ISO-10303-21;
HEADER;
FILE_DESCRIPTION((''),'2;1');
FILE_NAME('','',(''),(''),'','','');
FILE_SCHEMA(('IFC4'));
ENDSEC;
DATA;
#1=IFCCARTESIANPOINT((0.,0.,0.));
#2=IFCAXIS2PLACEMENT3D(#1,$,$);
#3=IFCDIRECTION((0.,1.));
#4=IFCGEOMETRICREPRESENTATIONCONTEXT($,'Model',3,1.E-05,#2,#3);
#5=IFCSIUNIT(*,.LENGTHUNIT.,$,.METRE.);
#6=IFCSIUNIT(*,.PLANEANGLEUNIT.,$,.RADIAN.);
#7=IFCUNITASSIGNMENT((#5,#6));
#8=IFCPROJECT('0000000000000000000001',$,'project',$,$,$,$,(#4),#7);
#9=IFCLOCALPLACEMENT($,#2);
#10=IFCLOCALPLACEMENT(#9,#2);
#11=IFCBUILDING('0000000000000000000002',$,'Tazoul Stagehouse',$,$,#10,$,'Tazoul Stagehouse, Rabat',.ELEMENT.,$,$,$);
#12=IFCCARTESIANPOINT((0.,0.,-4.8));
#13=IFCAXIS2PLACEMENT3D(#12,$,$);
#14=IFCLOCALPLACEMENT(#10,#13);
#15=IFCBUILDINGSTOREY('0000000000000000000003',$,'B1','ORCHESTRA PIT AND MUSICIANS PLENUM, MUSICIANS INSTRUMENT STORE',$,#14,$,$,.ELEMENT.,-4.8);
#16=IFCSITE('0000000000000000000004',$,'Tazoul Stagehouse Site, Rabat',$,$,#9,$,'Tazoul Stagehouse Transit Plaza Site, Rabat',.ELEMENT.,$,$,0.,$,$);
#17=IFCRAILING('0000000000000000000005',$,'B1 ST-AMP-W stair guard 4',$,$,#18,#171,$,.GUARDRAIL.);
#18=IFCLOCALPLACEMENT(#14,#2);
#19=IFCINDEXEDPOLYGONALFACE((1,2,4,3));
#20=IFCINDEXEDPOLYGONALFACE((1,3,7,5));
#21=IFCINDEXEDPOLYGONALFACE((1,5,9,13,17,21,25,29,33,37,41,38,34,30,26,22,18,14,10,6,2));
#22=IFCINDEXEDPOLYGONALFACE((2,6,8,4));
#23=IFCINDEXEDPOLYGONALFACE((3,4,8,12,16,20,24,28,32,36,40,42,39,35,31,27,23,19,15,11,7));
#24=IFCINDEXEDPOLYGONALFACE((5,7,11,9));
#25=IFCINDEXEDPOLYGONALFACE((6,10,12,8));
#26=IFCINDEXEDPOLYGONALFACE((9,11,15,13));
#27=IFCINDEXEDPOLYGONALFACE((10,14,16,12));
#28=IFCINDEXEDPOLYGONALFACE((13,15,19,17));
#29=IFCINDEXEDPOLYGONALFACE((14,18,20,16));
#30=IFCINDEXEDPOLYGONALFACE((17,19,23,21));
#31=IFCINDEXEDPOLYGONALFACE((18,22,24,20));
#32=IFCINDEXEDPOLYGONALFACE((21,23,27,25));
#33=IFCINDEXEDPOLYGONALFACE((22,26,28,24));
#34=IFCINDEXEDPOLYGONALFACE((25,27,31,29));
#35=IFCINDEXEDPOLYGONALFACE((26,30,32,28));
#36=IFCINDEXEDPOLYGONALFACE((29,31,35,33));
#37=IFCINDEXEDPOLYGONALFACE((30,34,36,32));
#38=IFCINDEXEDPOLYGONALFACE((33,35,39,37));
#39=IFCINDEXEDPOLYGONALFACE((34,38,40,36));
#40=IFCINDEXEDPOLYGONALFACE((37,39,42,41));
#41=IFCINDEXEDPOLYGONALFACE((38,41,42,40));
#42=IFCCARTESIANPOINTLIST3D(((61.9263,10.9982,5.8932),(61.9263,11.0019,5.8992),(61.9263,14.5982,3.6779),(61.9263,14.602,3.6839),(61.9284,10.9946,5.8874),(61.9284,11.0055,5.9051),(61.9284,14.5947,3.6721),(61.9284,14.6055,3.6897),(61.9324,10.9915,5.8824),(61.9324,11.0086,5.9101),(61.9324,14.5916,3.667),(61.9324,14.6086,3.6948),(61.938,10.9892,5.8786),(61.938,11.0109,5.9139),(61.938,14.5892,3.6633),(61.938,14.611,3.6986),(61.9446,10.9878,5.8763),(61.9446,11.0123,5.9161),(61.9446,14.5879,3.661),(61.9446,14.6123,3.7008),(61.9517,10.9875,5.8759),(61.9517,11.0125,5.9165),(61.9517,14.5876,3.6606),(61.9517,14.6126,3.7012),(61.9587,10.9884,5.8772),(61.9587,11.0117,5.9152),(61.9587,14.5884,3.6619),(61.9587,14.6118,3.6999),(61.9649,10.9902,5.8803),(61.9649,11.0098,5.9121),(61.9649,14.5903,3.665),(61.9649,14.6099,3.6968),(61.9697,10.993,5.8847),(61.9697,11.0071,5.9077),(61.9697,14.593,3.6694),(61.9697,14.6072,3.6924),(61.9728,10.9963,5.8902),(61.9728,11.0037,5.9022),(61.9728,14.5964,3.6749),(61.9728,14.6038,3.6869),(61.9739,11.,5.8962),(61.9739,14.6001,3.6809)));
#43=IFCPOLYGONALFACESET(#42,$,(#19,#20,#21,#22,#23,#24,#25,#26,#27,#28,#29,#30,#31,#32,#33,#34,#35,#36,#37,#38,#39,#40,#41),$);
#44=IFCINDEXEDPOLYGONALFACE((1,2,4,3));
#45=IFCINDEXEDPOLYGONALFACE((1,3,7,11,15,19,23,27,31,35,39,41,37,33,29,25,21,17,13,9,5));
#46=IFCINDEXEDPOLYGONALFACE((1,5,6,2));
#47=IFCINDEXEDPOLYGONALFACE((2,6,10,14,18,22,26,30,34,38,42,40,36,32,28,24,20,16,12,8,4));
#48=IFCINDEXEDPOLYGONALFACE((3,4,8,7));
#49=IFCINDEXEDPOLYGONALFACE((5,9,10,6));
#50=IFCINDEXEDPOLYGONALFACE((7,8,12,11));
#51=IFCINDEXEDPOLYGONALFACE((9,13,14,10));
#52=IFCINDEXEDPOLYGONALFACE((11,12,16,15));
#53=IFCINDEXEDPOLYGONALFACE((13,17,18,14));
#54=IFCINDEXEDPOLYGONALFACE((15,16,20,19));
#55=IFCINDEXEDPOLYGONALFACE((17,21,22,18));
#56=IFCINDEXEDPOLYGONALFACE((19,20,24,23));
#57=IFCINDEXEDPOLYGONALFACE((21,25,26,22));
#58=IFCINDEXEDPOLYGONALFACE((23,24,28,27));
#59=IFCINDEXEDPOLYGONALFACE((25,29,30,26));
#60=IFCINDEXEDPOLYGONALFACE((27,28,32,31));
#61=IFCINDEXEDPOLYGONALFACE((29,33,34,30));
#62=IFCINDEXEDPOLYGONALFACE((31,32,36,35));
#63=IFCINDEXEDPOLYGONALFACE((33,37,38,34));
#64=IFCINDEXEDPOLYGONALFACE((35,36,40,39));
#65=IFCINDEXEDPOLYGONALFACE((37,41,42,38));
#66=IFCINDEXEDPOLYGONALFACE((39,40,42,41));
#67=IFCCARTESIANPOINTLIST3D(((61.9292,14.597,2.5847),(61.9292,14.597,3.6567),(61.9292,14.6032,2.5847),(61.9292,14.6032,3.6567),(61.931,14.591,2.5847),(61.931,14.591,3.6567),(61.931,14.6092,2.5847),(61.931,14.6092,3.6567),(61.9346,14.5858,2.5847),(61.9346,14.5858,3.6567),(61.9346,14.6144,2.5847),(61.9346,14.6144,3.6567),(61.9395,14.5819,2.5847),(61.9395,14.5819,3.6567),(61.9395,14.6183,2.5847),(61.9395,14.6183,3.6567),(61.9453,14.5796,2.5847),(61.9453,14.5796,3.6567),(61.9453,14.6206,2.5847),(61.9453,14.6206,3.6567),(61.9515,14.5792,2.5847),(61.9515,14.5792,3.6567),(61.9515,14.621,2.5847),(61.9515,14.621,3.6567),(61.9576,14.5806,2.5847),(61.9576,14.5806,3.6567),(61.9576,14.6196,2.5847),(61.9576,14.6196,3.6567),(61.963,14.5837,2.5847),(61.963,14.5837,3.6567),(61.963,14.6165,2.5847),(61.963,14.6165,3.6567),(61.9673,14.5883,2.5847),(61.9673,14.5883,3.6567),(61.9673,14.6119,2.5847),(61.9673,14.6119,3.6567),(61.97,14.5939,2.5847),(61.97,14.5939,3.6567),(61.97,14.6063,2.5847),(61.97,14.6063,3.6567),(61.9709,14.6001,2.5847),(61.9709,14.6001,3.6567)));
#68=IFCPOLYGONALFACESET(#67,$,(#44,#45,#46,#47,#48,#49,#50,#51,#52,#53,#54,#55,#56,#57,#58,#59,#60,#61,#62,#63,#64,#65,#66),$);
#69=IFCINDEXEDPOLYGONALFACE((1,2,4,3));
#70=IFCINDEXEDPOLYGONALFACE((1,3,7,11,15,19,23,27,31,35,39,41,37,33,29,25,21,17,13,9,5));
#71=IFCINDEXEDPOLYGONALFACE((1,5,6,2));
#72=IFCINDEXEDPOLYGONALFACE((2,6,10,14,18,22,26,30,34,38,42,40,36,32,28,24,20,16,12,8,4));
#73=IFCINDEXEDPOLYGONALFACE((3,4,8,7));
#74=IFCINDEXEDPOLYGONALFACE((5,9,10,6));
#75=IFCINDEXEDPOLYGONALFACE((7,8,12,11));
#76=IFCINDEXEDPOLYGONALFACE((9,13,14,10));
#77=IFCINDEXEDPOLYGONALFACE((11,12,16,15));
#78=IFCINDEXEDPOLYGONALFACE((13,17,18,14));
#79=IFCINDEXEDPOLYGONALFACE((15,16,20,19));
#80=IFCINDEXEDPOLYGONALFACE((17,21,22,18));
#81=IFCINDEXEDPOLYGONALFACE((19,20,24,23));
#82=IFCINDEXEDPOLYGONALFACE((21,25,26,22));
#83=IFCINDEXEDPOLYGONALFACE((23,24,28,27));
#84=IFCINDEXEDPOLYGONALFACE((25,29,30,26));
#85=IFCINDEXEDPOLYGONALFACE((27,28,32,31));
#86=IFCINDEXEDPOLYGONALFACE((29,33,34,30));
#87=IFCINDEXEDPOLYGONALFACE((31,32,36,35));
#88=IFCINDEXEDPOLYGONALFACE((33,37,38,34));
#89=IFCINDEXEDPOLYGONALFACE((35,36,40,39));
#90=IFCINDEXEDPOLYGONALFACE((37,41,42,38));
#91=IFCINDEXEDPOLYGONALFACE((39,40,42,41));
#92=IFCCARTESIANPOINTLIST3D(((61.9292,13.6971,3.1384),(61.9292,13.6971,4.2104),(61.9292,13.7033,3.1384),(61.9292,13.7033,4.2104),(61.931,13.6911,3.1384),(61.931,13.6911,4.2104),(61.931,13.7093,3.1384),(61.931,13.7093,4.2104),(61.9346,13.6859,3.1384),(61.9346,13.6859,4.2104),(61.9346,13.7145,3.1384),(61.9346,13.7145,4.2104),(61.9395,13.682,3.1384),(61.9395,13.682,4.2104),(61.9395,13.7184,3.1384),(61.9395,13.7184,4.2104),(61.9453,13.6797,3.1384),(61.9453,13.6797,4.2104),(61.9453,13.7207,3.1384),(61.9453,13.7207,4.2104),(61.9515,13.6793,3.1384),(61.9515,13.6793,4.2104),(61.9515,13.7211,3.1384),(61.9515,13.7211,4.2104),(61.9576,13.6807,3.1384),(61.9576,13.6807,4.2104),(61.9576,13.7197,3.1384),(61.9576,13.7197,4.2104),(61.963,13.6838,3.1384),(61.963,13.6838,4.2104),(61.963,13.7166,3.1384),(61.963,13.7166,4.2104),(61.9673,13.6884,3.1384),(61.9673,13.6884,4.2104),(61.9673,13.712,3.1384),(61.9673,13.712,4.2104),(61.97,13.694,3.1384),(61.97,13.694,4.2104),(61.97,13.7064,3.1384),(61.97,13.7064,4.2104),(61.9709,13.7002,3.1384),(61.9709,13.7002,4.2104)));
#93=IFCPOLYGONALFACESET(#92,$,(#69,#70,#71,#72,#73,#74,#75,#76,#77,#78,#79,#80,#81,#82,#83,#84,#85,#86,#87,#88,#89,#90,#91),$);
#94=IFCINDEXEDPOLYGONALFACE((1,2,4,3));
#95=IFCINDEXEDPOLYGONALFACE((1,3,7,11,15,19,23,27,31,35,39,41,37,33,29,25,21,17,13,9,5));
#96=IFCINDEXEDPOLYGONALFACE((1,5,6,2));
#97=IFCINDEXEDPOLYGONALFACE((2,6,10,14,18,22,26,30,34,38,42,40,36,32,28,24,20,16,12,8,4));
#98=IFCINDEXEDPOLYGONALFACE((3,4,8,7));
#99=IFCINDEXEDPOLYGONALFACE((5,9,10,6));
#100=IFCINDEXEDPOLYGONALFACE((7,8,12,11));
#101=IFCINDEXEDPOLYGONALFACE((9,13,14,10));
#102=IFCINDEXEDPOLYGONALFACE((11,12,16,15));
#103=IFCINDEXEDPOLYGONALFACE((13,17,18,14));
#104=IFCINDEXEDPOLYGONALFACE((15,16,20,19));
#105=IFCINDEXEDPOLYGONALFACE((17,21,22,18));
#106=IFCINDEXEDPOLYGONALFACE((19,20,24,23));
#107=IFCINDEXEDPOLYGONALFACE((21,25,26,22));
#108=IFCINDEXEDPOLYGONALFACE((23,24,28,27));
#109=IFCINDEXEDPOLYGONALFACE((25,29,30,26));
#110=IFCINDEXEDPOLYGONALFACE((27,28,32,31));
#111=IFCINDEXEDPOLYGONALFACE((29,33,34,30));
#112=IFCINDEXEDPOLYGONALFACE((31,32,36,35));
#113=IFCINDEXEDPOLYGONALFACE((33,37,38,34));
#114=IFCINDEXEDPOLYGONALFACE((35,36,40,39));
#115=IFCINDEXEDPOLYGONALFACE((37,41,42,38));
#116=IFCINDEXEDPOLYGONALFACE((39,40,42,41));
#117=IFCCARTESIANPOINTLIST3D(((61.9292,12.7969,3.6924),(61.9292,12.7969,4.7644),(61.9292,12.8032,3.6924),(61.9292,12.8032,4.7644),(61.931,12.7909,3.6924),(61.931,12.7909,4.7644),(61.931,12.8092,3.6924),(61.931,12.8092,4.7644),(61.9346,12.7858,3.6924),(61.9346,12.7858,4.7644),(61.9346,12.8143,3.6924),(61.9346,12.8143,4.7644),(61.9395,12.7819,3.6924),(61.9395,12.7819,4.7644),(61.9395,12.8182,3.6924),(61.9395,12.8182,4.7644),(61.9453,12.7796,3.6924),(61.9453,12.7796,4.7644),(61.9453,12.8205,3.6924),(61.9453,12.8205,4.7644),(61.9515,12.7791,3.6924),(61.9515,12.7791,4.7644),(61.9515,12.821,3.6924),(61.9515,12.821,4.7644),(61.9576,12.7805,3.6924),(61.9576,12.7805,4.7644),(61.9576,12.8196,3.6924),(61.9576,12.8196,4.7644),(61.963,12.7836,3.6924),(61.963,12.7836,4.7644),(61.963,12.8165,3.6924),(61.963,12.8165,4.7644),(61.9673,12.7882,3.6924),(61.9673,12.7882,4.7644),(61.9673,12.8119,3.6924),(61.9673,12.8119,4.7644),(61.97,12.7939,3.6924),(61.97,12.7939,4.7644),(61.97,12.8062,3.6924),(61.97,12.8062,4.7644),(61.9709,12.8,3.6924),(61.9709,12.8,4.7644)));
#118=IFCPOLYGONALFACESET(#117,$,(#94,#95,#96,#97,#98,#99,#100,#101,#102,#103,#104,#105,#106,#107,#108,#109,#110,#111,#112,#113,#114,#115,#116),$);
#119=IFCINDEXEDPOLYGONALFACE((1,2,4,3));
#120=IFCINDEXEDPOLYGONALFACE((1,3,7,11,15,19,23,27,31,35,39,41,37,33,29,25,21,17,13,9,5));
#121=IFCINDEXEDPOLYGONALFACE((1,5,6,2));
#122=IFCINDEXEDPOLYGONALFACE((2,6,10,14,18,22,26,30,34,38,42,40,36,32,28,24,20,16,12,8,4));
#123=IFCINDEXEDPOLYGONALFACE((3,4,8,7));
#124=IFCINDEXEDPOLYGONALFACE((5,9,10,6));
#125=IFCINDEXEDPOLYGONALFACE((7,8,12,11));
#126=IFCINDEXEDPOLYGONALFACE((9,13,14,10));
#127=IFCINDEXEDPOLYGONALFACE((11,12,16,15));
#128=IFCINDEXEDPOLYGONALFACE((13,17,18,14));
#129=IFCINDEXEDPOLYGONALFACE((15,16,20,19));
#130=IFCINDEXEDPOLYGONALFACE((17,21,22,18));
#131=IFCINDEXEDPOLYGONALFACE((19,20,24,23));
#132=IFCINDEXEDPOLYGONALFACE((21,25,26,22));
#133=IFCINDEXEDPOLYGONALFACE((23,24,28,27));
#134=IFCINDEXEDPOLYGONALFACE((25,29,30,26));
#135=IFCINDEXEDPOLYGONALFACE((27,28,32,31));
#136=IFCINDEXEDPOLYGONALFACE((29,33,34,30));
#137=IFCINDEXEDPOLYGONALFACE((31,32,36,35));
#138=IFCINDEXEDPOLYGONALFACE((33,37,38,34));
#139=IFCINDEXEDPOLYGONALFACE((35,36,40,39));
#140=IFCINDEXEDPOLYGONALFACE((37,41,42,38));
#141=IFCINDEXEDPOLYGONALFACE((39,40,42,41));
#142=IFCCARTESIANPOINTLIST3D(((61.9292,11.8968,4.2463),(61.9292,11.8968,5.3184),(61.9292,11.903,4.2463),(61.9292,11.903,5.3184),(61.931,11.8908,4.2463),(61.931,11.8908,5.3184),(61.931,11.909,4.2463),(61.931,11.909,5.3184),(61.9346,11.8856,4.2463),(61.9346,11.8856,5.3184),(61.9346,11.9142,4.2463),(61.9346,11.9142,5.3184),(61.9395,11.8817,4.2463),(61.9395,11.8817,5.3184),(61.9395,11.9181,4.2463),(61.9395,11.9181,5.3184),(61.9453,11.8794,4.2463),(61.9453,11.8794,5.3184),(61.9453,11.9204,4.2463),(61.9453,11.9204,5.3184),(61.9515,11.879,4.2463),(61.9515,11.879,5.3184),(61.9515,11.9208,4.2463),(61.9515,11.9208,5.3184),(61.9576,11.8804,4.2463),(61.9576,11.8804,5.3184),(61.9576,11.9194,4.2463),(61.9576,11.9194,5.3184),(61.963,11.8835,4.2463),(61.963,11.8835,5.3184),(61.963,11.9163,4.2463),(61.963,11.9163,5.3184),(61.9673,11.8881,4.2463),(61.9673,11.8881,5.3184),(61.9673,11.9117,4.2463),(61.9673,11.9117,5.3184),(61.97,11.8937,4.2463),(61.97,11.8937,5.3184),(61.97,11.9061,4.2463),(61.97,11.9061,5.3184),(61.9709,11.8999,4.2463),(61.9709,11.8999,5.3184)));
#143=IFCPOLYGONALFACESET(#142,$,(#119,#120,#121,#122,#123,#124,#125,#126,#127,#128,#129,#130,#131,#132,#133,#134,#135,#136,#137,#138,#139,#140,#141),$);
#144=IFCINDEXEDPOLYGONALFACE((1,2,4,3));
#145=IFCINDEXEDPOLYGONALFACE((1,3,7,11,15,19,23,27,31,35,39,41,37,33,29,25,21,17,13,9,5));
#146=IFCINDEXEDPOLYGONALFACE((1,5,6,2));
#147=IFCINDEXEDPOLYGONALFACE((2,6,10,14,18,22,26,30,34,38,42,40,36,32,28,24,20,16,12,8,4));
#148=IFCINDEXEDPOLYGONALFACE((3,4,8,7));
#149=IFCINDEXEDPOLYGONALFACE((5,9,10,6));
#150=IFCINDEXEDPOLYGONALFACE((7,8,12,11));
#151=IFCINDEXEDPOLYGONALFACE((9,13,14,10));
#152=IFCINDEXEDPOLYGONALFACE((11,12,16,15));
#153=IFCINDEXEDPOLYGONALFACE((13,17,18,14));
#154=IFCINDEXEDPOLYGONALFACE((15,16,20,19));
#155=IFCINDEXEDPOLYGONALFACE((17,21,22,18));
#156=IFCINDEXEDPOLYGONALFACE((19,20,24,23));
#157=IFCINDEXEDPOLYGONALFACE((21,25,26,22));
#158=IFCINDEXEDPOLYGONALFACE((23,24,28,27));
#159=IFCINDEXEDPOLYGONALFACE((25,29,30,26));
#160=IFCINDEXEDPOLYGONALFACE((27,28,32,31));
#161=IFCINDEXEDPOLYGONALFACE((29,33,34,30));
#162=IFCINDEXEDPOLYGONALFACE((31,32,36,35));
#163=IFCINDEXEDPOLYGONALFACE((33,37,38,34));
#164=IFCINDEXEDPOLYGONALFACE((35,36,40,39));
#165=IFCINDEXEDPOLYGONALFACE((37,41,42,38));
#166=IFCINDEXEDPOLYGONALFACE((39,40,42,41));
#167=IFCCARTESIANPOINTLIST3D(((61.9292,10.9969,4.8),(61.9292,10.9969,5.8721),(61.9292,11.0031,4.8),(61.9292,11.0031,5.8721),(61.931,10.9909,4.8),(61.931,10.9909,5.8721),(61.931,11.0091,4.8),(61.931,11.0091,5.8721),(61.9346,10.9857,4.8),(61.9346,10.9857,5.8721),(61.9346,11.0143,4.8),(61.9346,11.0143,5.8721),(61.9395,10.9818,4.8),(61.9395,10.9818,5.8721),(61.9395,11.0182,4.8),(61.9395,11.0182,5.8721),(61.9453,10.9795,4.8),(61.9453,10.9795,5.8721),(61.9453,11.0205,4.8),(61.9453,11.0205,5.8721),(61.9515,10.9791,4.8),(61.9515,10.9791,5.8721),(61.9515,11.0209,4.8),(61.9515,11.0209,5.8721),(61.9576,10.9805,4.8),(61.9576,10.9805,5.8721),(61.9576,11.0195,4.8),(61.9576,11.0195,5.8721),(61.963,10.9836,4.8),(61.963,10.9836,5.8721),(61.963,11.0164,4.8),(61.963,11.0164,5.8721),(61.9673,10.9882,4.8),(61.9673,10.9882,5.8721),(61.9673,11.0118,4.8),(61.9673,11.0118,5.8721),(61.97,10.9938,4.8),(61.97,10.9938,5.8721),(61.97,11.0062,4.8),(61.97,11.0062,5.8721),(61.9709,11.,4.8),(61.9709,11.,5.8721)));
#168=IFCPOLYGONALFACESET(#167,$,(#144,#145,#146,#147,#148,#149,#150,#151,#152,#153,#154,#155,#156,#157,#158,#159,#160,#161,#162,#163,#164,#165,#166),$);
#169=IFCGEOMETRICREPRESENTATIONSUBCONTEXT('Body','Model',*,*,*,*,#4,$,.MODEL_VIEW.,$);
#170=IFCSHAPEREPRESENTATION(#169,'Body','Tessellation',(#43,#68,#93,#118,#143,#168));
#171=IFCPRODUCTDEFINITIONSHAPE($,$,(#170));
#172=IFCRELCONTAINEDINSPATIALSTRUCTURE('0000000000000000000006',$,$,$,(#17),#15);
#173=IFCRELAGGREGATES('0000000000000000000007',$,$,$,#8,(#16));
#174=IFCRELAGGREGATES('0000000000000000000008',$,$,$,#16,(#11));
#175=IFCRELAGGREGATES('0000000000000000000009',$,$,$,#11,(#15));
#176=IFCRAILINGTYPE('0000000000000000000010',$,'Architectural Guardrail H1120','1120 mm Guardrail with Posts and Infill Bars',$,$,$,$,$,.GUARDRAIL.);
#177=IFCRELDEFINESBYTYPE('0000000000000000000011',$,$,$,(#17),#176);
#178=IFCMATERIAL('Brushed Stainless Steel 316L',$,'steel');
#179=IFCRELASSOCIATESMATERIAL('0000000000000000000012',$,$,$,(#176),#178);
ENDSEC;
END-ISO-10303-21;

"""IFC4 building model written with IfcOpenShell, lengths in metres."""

from ifc_helpers import new_model, si_unit, direction, frame, origin, origin_2d, place, context, subcontext, project, spatial, circle, extrude, material, material_profile, profile_set, type_object, element, save


model = new_model("IFC4")

# Units and contexts
model_context = context("Model", 3, precision=1e-05, world=origin(), true_north=direction((0.0, 1.0)))
body_context = subcontext(model_context, "Body", "Model", "MODEL_VIEW")
ifc_project = project(units=[si_unit("LENGTHUNIT", "METRE"), si_unit("PLANEANGLEUNIT", "RADIAN")], contexts=[model_context])

# Site, building, storey
site_placement = place(None, origin())
site = spatial("IfcSite", under=ifc_project, at=site_placement, Name="Tazoul Stagehouse Site, Rabat", LongName="Tazoul Stagehouse Transit Plaza Site, Rabat", CompositionType="ELEMENT", RefElevation=0.0)
building_placement = place(site_placement, origin())
building = spatial("IfcBuilding", under=site, at=building_placement, Name="Tazoul Stagehouse", LongName="Tazoul Stagehouse, Rabat", CompositionType="ELEMENT")
storey_placement = place(building_placement, frame((0.0, 0.0, -4.8)))
storey = spatial("IfcBuildingStorey", under=building, at=storey_placement, Name="B1", Description="ORCHESTRA PIT AND MUSICIANS PLENUM, MUSICIANS INSTRUMENT STORE", CompositionType="ELEMENT", Elevation=-4.8)

# Railing
ifc_material_1 = material(Name="Brushed Stainless Steel 316L", Category="steel")
ifc_material_profile_1 = material_profile(ifc_material_1, circle(Radius=0.0239, at=origin_2d()), Name="SS RAIL D48")
ifc_profile_set_1 = profile_set([ifc_material_profile_1], Name="Brushed Stainless Steel 316L")
railing_type_1 = type_object("IfcRailingType", Name="Architectural Guardrail H1120", Description="1120 mm Guardrail with Posts and Infill Bars", PredefinedType="GUARDRAIL", material=ifc_profile_set_1)
railing_1_placement = place(storey_placement, frame((61.95, 14.6001, 2.5847)))
element("IfcRailing", 1, at=railing_1_placement, inside=storey, type_object=railing_type_1, Name="B1 ST-AMP-W stair guard 4", PredefinedType="GUARDRAIL", context=body_context, shape_type="SweptSolid", body=[
    extrude(circle(Radius=0.0239, at=origin_2d()), frame((0.0, 0.0, 1.0962), z_axis=(0.0, -0.85167, 0.524078), x_axis=(1.0, 0.0, 0.0)), (0.0, 0.0, 1.0), 4.2271),
    extrude(circle(Radius=0.021, at=origin_2d()), origin(), (0.0, 0.0, 1.0), 1.072),
    extrude(circle(Radius=0.021, at=origin_2d()), frame((0.0, -0.8999, 0.5537)), (0.0, 0.0, 1.0), 1.072),
    extrude(circle(Radius=0.021, at=origin_2d()), frame((0.0, -1.8, 1.1077)), (0.0, 0.0, 1.0), 1.072),
    extrude(circle(Radius=0.021, at=origin_2d()), frame((0.0, -2.7002, 1.6616)), (0.0, 0.0, 1.0), 1.072),
    extrude(circle(Radius=0.021, at=origin_2d()), frame((0.0, -3.6001, 2.2153)), (0.0, 0.0, 1.0), 1.072),
])

save(model, "model.ifc")
